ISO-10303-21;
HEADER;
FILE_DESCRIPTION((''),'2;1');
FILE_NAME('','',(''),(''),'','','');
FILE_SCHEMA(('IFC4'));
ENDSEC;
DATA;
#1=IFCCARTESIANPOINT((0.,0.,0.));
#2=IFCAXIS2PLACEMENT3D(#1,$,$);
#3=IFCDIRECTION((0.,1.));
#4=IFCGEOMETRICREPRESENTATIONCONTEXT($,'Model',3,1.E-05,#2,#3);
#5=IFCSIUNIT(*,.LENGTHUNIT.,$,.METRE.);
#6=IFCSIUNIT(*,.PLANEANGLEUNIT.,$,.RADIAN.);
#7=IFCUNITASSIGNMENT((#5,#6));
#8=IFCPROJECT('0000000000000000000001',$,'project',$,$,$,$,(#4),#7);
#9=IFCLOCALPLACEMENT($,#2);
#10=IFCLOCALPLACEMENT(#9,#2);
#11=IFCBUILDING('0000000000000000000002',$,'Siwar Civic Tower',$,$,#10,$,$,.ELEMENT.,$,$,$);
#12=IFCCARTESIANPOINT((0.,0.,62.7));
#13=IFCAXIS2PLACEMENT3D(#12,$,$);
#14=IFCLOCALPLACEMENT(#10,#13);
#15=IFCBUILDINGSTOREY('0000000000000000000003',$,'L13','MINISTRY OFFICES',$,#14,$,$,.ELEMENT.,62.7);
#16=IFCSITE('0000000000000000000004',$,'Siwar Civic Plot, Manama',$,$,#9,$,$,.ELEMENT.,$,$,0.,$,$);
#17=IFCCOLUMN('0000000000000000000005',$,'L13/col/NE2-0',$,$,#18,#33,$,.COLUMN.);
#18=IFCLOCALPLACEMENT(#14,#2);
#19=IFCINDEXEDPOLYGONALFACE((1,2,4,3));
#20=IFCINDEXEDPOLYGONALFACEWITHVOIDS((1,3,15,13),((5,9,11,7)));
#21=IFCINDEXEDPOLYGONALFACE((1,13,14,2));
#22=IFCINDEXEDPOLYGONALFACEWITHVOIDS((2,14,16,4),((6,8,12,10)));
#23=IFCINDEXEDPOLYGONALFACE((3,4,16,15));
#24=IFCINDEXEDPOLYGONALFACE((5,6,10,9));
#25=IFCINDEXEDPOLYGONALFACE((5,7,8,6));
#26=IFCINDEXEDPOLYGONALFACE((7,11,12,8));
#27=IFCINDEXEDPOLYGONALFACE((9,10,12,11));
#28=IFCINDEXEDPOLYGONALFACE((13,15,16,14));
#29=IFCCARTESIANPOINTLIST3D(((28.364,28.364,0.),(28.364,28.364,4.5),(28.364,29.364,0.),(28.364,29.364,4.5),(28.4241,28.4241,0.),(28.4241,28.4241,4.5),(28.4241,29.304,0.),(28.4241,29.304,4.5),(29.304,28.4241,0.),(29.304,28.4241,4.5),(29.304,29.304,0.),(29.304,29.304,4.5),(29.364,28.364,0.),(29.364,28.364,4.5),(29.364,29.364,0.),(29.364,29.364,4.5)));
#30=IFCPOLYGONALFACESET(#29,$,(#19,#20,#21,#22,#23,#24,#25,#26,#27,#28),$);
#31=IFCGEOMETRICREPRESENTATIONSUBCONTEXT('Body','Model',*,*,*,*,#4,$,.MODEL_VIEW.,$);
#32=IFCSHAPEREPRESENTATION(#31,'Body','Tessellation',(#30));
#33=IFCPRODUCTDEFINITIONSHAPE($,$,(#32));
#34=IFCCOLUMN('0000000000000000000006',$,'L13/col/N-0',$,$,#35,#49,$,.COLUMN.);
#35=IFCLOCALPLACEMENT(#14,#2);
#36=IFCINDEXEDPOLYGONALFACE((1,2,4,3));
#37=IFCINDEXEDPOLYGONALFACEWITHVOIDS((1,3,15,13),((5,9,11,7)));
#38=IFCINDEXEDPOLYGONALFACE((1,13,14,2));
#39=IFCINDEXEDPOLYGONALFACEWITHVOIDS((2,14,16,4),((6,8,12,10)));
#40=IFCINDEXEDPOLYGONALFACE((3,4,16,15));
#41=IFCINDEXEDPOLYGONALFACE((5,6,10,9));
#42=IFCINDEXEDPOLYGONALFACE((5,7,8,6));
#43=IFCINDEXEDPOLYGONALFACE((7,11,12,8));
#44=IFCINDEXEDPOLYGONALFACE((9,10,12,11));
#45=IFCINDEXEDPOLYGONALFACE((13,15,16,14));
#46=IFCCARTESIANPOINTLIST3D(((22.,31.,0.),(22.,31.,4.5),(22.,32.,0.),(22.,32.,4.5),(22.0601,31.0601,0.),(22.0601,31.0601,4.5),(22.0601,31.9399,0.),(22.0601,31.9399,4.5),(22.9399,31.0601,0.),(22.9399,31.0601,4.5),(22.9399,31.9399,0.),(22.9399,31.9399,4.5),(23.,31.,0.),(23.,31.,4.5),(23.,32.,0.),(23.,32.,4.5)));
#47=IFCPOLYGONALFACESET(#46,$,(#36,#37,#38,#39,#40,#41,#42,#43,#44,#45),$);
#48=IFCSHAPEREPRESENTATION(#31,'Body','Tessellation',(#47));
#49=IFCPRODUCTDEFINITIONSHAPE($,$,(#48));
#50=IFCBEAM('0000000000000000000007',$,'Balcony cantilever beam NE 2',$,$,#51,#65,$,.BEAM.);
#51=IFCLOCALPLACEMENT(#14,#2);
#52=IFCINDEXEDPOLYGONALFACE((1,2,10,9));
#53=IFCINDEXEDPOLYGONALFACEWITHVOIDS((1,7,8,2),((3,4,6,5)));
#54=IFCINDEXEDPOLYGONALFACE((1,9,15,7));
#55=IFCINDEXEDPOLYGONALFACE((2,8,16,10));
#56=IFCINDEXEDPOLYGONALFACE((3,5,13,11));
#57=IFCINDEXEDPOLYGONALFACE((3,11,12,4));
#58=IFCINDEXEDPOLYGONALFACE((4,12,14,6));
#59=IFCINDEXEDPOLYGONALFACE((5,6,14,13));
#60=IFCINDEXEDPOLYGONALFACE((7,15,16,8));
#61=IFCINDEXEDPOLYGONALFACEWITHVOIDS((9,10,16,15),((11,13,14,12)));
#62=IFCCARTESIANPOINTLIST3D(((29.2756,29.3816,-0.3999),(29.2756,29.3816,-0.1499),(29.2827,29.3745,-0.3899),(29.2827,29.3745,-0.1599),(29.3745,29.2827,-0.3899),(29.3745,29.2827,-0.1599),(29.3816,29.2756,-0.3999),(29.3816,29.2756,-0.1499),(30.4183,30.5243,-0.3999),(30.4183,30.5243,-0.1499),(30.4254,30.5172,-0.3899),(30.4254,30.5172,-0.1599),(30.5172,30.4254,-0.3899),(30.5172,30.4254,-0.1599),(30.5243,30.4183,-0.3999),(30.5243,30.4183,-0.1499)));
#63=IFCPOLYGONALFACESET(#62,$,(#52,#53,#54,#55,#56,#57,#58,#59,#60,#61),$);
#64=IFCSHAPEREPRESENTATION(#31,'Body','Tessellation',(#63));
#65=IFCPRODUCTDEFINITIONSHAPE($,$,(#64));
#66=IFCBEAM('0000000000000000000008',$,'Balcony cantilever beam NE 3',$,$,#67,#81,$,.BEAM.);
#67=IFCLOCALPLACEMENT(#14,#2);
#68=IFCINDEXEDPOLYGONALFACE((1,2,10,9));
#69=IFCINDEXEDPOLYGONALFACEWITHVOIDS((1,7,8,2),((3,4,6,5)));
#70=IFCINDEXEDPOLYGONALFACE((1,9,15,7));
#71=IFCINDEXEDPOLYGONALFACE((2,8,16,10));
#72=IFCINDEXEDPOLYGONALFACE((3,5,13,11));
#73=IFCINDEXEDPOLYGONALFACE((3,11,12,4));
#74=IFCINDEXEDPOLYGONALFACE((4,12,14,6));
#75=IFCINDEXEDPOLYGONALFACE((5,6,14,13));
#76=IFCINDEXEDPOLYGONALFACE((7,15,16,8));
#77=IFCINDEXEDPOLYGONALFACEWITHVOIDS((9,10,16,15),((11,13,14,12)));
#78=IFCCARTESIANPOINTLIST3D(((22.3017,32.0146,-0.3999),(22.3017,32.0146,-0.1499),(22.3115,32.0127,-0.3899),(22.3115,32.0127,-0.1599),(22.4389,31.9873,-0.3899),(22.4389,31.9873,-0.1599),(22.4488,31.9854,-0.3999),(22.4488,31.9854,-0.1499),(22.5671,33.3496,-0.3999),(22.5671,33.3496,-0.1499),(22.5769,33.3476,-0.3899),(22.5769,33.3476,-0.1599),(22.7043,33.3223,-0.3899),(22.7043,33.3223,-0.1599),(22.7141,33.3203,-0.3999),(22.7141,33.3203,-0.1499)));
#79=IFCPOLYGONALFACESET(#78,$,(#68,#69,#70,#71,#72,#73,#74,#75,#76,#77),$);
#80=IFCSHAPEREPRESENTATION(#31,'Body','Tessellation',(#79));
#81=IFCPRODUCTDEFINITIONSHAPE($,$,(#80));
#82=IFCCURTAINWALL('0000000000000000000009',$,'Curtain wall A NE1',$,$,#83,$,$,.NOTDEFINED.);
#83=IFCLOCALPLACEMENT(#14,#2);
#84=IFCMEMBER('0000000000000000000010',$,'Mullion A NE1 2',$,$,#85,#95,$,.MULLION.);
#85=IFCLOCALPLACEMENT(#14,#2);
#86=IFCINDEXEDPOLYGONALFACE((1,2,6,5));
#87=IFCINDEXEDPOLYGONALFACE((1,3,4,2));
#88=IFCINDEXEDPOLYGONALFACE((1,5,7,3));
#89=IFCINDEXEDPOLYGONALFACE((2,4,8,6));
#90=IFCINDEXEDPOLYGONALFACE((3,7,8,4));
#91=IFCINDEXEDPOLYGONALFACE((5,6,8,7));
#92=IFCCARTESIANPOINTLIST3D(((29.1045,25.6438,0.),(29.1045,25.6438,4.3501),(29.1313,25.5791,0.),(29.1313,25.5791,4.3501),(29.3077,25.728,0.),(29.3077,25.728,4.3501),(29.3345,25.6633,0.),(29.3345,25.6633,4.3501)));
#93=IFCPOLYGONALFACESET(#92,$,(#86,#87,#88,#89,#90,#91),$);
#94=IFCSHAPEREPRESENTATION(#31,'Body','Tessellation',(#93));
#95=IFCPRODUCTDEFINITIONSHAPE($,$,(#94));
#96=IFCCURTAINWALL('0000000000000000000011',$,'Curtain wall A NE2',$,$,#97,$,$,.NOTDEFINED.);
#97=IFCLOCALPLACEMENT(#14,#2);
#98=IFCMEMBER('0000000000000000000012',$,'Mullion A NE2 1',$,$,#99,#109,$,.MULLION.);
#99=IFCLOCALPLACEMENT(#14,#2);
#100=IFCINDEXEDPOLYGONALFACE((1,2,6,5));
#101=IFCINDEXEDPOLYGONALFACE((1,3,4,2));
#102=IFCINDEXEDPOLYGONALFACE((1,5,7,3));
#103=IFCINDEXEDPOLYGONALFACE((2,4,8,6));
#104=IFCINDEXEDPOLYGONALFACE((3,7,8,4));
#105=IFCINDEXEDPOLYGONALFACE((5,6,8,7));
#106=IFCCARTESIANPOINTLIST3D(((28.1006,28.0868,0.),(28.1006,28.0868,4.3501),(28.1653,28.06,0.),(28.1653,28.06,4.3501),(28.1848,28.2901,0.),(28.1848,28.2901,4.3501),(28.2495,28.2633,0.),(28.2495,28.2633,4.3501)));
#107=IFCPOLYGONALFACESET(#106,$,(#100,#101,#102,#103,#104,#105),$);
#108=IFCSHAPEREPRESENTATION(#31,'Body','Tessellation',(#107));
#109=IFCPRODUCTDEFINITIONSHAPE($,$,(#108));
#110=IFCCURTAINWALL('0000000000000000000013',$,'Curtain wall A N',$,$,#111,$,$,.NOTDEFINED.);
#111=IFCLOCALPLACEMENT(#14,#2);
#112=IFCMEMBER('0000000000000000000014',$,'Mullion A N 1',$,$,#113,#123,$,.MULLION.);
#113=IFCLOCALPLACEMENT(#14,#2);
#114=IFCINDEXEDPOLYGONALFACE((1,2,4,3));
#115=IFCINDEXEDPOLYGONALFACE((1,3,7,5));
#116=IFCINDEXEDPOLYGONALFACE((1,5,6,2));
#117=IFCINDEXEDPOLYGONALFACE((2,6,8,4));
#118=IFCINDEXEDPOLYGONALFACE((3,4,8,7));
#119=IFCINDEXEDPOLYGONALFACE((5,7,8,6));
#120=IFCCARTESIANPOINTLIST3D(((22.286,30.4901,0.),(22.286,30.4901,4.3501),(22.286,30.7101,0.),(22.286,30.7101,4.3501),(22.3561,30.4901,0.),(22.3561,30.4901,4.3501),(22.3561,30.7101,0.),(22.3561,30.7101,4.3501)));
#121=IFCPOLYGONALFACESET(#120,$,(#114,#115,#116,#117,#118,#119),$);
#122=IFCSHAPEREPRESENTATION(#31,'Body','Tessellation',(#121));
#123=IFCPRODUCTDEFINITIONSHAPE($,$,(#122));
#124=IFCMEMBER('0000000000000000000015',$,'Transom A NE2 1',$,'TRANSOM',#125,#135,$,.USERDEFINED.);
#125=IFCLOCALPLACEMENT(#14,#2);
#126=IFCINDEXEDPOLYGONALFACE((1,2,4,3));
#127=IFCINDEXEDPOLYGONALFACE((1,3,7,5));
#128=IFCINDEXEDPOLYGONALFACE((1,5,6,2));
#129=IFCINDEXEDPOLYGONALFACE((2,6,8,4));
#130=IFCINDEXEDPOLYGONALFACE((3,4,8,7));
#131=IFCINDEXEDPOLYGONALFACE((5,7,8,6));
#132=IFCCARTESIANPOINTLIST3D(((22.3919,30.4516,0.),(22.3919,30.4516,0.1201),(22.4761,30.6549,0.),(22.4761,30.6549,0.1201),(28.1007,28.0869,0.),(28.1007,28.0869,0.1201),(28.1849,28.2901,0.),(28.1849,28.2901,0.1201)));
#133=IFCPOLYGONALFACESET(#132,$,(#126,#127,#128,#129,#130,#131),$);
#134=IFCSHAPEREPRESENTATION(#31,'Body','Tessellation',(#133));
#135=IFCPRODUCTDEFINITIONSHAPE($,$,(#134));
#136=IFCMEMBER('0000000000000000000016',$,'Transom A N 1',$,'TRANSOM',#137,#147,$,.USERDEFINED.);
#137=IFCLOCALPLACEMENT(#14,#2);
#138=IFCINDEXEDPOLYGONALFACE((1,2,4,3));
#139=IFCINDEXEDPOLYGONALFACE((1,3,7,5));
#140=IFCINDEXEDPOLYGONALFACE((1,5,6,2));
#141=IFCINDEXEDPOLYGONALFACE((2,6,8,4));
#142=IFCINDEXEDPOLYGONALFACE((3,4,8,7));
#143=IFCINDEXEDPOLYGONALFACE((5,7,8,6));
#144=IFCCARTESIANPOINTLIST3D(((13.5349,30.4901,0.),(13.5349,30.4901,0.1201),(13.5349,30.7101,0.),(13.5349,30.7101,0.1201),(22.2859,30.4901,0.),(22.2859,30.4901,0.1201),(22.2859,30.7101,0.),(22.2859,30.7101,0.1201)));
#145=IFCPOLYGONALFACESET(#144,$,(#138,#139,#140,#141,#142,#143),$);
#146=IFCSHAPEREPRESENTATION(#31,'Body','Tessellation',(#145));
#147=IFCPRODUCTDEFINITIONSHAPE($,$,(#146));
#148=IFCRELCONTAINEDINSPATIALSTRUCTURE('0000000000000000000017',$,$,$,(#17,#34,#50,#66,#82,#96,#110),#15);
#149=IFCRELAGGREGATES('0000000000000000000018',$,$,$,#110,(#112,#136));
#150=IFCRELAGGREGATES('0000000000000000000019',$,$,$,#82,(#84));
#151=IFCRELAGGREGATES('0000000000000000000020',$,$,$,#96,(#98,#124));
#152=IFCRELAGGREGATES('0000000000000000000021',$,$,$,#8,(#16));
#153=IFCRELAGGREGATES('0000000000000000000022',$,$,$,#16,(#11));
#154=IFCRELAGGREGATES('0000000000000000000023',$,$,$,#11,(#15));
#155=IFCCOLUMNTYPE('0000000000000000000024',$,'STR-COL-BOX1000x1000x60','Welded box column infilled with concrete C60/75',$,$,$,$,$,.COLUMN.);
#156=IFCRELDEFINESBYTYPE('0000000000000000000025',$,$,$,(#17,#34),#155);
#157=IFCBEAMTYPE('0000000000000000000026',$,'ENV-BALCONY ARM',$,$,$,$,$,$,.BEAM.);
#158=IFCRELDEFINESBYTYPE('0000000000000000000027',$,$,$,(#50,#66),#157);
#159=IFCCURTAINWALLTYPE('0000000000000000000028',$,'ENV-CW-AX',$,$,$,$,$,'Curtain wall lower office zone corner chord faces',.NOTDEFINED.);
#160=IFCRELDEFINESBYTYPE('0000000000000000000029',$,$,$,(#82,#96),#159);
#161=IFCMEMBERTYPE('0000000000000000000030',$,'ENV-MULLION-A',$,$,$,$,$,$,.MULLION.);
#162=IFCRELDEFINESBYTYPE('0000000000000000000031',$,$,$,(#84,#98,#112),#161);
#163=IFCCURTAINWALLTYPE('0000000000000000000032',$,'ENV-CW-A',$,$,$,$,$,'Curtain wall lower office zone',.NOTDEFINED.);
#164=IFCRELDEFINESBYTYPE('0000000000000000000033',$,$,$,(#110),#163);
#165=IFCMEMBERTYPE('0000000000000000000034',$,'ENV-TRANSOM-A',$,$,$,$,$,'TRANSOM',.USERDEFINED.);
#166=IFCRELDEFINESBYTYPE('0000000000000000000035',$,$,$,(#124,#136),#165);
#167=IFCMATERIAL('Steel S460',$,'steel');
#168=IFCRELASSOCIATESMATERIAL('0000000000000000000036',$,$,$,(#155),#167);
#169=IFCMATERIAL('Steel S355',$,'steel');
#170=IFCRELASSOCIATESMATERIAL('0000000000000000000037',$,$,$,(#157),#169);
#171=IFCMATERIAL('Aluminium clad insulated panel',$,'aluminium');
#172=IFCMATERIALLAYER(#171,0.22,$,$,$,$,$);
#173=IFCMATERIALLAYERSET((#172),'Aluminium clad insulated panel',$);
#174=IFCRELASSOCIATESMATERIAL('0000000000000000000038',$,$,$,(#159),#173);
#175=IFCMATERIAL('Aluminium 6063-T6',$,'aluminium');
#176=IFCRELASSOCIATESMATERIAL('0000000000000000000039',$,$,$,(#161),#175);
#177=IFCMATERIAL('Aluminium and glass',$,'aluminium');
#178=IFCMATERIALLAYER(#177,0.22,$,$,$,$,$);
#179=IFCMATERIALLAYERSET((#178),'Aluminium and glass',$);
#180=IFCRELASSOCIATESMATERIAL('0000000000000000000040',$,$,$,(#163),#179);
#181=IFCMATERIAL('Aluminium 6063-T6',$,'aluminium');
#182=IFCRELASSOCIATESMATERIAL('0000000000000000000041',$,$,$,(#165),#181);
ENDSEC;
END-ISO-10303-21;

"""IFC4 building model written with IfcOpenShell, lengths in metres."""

from ifc_helpers import new_model, si_unit, direction, frame, origin, origin_2d, place, context, subcontext, project, spatial, rectangle, hollow_rectangle, extrude, material, layer, layer_set, material_profile, profile_set, type_object, element, aggregate, save


model = new_model("IFC4")

# Units and contexts
model_context = context("Model", 3, precision=1e-05, world=origin(), true_north=direction((0.0, 1.0)))
body_context = subcontext(model_context, "Body", "Model", "MODEL_VIEW")
ifc_project = project(units=[si_unit("LENGTHUNIT", "METRE"), si_unit("PLANEANGLEUNIT", "RADIAN")], contexts=[model_context])

# Site, building, storey
site_placement = place(None, origin())
site = spatial("IfcSite", under=ifc_project, at=site_placement, Name="Siwar Civic Plot, Manama", CompositionType="ELEMENT", RefElevation=0.0)
building_placement = place(site_placement, origin())
building = spatial("IfcBuilding", under=site, at=building_placement, Name="Siwar Civic Tower", CompositionType="ELEMENT")
storey_placement = place(building_placement, frame((0.0, 0.0, 62.7)))
storey = spatial("IfcBuildingStorey", under=building, at=storey_placement, Name="L13", Description="MINISTRY OFFICES", CompositionType="ELEMENT", Elevation=62.7)

# Columns
ifc_material_1 = material(Name="Steel S460", Category="steel")
ifc_material_profile_1 = material_profile(ifc_material_1, hollow_rectangle(XDim=1.0, YDim=1.0, WallThickness=0.0601, at=origin_2d()), Name="BOX1000x1000x60")
ifc_profile_set_1 = profile_set([ifc_material_profile_1], Name="Steel S460")
column_type = type_object("IfcColumnType", Name="STR-COL-BOX1000x1000x60", Description="Welded box column infilled with concrete C60/75", PredefinedType="COLUMN", material=ifc_profile_set_1)
for number, where, z_axis, x_axis, name in (
    (1, (28.864, 28.864, 0.0), (0.0, 0.0, 1.0), (1.0, 0.0, 0.0), "L13/col/NE2-0"),
    (2, (22.5, 31.5, 0.0), (0.0, 0.0, 1.0), (1.0, 0.0, 0.0), "L13/col/N-0"),
):
    element("IfcColumn", number, at=place(storey_placement, frame(where, z_axis=z_axis, x_axis=x_axis)), inside=storey, type_object=column_type, Name=name, PredefinedType="COLUMN", context=body_context, shape_type="SweptSolid", body=[
        extrude(hollow_rectangle(XDim=1.0, YDim=1.0, WallThickness=0.0601, at=origin_2d()), origin(), (0.0, 0.0, 1.0), 4.5),
    ])

# Beams
ifc_material_2 = material(Name="Steel S355", Category="steel")
ifc_material_profile_2 = material_profile(ifc_material_2, hollow_rectangle(XDim=0.1499, YDim=0.25, WallThickness=0.01, at=origin_2d()), Name="RHS250x150x10")
ifc_profile_set_2 = profile_set([ifc_material_profile_2], Name="Steel S355")
beam_type_1 = type_object("IfcBeamType", Name="ENV-BALCONY ARM", PredefinedType="BEAM", material=ifc_profile_set_2)
beam_1_placement = place(storey_placement, frame((29.3286, 29.3286, -0.2749), z_axis=(0.707107, 0.707107, 0.0), x_axis=(-0.707107, 0.707107, 0.0)))
element("IfcBeam", 3, at=beam_1_placement, inside=storey, type_object=beam_type_1, Name="Balcony cantilever beam NE 2", PredefinedType="BEAM", context=body_context, shape_type="SweptSolid", body=[
    extrude(hollow_rectangle(XDim=0.1499, YDim=0.25, WallThickness=0.01, at=origin_2d()), origin(), (0.0, 0.0, 1.0), 1.616),
])
beam_2_placement = place(storey_placement, frame((22.3752, 32.0, -0.2749), z_axis=(0.194978, 0.980808, 0.0), x_axis=(-0.980808, 0.194978, 0.0)))
element("IfcBeam", 4, at=beam_2_placement, inside=storey, type_object=beam_type_1, Name="Balcony cantilever beam NE 3", PredefinedType="BEAM", context=body_context, shape_type="SweptSolid", body=[
    extrude(hollow_rectangle(XDim=0.1499, YDim=0.25, WallThickness=0.01, at=origin_2d()), origin(), (0.0, 0.0, 1.0), 1.3611),
])

# Curtain walls, members
ifc_material_3 = material(Name="Aluminium clad insulated panel", Category="aluminium")
ifc_layer_1 = layer(ifc_material_3, 0.22)
ifc_layer_set_1 = layer_set([ifc_layer_1], Name="Aluminium clad insulated panel")
curtain_wall_type_1 = type_object("IfcCurtainWallType", Name="ENV-CW-AX", ElementType="Curtain wall lower office zone corner chord faces", PredefinedType="NOTDEFINED", material=ifc_layer_set_1)
curtain_wall_1_placement = place(storey_placement, origin())
curtain_wall_1 = element("IfcCurtainWall", 5, at=curtain_wall_1_placement, inside=storey, type_object=curtain_wall_type_1, Name="Curtain wall A NE1", PredefinedType="NOTDEFINED")
ifc_material_4 = material(Name="Aluminium 6063-T6", Category="aluminium")
ifc_material_profile_3 = material_profile(ifc_material_4, rectangle(XDim=0.22, YDim=0.0701, at=origin_2d()), Name="AL 220x70")
ifc_profile_set_3 = profile_set([ifc_material_profile_3], Name="Aluminium 6063-T6")
member_type_1 = type_object("IfcMemberType", Name="ENV-MULLION-A", PredefinedType="MULLION", material=ifc_profile_set_3)
member_1_placement = place(storey_placement, frame((29.2195, 25.6536, 0.0), z_axis=(0.0, 0.0, 1.0), x_axis=(-0.92388, -0.382683, 0.0)))
member_1 = element("IfcMember", 6, at=member_1_placement, type_object=member_type_1, Name="Mullion A NE1 2", PredefinedType="MULLION", context=body_context, shape_type="SweptSolid", body=[
    extrude(rectangle(XDim=0.22, YDim=0.0701, at=origin_2d()), origin(), (0.0, 0.0, 1.0), 4.3501),
])
curtain_wall_2_placement = place(storey_placement, origin())
curtain_wall_2 = element("IfcCurtainWall", 7, at=curtain_wall_2_placement, inside=storey, type_object=curtain_wall_type_1, Name="Curtain wall A NE2", PredefinedType="NOTDEFINED")
member_2_placement = place(storey_placement, frame((28.175, 28.175, 0.0), z_axis=(0.0, 0.0, 1.0), x_axis=(-0.382683, -0.92388, 0.0)))
member_2 = element("IfcMember", 8, at=member_2_placement, type_object=member_type_1, Name="Mullion A NE2 1", PredefinedType="MULLION", context=body_context, shape_type="SweptSolid", body=[
    extrude(rectangle(XDim=0.22, YDim=0.0701, at=origin_2d()), origin(), (0.0, 0.0, 1.0), 4.3501),
])
ifc_material_5 = material(Name="Aluminium and glass", Category="aluminium")
ifc_layer_2 = layer(ifc_material_5, 0.22)
ifc_layer_set_2 = layer_set([ifc_layer_2], Name="Aluminium and glass")
curtain_wall_type_2 = type_object("IfcCurtainWallType", Name="ENV-CW-A", ElementType="Curtain wall lower office zone", PredefinedType="NOTDEFINED", material=ifc_layer_set_2)
curtain_wall_3_placement = place(storey_placement, origin())
curtain_wall_3 = element("IfcCurtainWall", 9, at=curtain_wall_3_placement, inside=storey, type_object=curtain_wall_type_2, Name="Curtain wall A N", PredefinedType="NOTDEFINED")
member_3_placement = place(storey_placement, frame((22.321, 30.6001, 0.0), z_axis=(0.0, 0.0, 1.0), x_axis=(0.0, -1.0, 0.0)))
member_3 = element("IfcMember", 10, at=member_3_placement, type_object=member_type_1, Name="Mullion A N 1", PredefinedType="MULLION", context=body_context, shape_type="SweptSolid", body=[
    extrude(rectangle(XDim=0.22, YDim=0.0701, at=origin_2d()), origin(), (0.0, 0.0, 1.0), 4.3501),
])

# Members
ifc_material_6 = material(Name="Aluminium 6063-T6", Category="aluminium")
ifc_material_profile_4 = material_profile(ifc_material_6, rectangle(XDim=0.22, YDim=0.1201, at=origin_2d()), Name="AL 220x120")
ifc_profile_set_4 = profile_set([ifc_material_profile_4], Name="Aluminium 6063-T6")
member_type_2 = type_object("IfcMemberType", Name="ENV-TRANSOM-A", ElementType="TRANSOM", PredefinedType="USERDEFINED", material=ifc_profile_set_4)
member_4_placement = place(storey_placement, frame((28.1428, 28.1885, 0.0601), z_axis=(-0.923873, 0.382698, 0.0), x_axis=(-0.382698, -0.923873, 0.0)))
member_4 = element("IfcMember", 11, at=member_4_placement, type_object=member_type_2, Name="Transom A NE2 1", ObjectType="TRANSOM", PredefinedType="USERDEFINED", context=body_context, shape_type="SweptSolid", body=[
    extrude(rectangle(XDim=0.22, YDim=0.1201, at=origin_2d()), origin(), (0.0, 0.0, 1.0), 6.1792),
])
member_5_placement = place(storey_placement, frame((22.2859, 30.6001, 0.0601), z_axis=(-1.0, 0.0, 0.0), x_axis=(0.0, -1.0, 0.0)))
member_5 = element("IfcMember", 12, at=member_5_placement, type_object=member_type_2, Name="Transom A N 1", ObjectType="TRANSOM", PredefinedType="USERDEFINED", context=body_context, shape_type="SweptSolid", body=[
    extrude(rectangle(XDim=0.22, YDim=0.1201, at=origin_2d()), origin(), (0.0, 0.0, 1.0), 8.751),
])
aggregate(curtain_wall_3, [member_3, member_5])

aggregate(curtain_wall_1, [member_1])
aggregate(curtain_wall_2, [member_2, member_4])

save(model, "model.ifc")
